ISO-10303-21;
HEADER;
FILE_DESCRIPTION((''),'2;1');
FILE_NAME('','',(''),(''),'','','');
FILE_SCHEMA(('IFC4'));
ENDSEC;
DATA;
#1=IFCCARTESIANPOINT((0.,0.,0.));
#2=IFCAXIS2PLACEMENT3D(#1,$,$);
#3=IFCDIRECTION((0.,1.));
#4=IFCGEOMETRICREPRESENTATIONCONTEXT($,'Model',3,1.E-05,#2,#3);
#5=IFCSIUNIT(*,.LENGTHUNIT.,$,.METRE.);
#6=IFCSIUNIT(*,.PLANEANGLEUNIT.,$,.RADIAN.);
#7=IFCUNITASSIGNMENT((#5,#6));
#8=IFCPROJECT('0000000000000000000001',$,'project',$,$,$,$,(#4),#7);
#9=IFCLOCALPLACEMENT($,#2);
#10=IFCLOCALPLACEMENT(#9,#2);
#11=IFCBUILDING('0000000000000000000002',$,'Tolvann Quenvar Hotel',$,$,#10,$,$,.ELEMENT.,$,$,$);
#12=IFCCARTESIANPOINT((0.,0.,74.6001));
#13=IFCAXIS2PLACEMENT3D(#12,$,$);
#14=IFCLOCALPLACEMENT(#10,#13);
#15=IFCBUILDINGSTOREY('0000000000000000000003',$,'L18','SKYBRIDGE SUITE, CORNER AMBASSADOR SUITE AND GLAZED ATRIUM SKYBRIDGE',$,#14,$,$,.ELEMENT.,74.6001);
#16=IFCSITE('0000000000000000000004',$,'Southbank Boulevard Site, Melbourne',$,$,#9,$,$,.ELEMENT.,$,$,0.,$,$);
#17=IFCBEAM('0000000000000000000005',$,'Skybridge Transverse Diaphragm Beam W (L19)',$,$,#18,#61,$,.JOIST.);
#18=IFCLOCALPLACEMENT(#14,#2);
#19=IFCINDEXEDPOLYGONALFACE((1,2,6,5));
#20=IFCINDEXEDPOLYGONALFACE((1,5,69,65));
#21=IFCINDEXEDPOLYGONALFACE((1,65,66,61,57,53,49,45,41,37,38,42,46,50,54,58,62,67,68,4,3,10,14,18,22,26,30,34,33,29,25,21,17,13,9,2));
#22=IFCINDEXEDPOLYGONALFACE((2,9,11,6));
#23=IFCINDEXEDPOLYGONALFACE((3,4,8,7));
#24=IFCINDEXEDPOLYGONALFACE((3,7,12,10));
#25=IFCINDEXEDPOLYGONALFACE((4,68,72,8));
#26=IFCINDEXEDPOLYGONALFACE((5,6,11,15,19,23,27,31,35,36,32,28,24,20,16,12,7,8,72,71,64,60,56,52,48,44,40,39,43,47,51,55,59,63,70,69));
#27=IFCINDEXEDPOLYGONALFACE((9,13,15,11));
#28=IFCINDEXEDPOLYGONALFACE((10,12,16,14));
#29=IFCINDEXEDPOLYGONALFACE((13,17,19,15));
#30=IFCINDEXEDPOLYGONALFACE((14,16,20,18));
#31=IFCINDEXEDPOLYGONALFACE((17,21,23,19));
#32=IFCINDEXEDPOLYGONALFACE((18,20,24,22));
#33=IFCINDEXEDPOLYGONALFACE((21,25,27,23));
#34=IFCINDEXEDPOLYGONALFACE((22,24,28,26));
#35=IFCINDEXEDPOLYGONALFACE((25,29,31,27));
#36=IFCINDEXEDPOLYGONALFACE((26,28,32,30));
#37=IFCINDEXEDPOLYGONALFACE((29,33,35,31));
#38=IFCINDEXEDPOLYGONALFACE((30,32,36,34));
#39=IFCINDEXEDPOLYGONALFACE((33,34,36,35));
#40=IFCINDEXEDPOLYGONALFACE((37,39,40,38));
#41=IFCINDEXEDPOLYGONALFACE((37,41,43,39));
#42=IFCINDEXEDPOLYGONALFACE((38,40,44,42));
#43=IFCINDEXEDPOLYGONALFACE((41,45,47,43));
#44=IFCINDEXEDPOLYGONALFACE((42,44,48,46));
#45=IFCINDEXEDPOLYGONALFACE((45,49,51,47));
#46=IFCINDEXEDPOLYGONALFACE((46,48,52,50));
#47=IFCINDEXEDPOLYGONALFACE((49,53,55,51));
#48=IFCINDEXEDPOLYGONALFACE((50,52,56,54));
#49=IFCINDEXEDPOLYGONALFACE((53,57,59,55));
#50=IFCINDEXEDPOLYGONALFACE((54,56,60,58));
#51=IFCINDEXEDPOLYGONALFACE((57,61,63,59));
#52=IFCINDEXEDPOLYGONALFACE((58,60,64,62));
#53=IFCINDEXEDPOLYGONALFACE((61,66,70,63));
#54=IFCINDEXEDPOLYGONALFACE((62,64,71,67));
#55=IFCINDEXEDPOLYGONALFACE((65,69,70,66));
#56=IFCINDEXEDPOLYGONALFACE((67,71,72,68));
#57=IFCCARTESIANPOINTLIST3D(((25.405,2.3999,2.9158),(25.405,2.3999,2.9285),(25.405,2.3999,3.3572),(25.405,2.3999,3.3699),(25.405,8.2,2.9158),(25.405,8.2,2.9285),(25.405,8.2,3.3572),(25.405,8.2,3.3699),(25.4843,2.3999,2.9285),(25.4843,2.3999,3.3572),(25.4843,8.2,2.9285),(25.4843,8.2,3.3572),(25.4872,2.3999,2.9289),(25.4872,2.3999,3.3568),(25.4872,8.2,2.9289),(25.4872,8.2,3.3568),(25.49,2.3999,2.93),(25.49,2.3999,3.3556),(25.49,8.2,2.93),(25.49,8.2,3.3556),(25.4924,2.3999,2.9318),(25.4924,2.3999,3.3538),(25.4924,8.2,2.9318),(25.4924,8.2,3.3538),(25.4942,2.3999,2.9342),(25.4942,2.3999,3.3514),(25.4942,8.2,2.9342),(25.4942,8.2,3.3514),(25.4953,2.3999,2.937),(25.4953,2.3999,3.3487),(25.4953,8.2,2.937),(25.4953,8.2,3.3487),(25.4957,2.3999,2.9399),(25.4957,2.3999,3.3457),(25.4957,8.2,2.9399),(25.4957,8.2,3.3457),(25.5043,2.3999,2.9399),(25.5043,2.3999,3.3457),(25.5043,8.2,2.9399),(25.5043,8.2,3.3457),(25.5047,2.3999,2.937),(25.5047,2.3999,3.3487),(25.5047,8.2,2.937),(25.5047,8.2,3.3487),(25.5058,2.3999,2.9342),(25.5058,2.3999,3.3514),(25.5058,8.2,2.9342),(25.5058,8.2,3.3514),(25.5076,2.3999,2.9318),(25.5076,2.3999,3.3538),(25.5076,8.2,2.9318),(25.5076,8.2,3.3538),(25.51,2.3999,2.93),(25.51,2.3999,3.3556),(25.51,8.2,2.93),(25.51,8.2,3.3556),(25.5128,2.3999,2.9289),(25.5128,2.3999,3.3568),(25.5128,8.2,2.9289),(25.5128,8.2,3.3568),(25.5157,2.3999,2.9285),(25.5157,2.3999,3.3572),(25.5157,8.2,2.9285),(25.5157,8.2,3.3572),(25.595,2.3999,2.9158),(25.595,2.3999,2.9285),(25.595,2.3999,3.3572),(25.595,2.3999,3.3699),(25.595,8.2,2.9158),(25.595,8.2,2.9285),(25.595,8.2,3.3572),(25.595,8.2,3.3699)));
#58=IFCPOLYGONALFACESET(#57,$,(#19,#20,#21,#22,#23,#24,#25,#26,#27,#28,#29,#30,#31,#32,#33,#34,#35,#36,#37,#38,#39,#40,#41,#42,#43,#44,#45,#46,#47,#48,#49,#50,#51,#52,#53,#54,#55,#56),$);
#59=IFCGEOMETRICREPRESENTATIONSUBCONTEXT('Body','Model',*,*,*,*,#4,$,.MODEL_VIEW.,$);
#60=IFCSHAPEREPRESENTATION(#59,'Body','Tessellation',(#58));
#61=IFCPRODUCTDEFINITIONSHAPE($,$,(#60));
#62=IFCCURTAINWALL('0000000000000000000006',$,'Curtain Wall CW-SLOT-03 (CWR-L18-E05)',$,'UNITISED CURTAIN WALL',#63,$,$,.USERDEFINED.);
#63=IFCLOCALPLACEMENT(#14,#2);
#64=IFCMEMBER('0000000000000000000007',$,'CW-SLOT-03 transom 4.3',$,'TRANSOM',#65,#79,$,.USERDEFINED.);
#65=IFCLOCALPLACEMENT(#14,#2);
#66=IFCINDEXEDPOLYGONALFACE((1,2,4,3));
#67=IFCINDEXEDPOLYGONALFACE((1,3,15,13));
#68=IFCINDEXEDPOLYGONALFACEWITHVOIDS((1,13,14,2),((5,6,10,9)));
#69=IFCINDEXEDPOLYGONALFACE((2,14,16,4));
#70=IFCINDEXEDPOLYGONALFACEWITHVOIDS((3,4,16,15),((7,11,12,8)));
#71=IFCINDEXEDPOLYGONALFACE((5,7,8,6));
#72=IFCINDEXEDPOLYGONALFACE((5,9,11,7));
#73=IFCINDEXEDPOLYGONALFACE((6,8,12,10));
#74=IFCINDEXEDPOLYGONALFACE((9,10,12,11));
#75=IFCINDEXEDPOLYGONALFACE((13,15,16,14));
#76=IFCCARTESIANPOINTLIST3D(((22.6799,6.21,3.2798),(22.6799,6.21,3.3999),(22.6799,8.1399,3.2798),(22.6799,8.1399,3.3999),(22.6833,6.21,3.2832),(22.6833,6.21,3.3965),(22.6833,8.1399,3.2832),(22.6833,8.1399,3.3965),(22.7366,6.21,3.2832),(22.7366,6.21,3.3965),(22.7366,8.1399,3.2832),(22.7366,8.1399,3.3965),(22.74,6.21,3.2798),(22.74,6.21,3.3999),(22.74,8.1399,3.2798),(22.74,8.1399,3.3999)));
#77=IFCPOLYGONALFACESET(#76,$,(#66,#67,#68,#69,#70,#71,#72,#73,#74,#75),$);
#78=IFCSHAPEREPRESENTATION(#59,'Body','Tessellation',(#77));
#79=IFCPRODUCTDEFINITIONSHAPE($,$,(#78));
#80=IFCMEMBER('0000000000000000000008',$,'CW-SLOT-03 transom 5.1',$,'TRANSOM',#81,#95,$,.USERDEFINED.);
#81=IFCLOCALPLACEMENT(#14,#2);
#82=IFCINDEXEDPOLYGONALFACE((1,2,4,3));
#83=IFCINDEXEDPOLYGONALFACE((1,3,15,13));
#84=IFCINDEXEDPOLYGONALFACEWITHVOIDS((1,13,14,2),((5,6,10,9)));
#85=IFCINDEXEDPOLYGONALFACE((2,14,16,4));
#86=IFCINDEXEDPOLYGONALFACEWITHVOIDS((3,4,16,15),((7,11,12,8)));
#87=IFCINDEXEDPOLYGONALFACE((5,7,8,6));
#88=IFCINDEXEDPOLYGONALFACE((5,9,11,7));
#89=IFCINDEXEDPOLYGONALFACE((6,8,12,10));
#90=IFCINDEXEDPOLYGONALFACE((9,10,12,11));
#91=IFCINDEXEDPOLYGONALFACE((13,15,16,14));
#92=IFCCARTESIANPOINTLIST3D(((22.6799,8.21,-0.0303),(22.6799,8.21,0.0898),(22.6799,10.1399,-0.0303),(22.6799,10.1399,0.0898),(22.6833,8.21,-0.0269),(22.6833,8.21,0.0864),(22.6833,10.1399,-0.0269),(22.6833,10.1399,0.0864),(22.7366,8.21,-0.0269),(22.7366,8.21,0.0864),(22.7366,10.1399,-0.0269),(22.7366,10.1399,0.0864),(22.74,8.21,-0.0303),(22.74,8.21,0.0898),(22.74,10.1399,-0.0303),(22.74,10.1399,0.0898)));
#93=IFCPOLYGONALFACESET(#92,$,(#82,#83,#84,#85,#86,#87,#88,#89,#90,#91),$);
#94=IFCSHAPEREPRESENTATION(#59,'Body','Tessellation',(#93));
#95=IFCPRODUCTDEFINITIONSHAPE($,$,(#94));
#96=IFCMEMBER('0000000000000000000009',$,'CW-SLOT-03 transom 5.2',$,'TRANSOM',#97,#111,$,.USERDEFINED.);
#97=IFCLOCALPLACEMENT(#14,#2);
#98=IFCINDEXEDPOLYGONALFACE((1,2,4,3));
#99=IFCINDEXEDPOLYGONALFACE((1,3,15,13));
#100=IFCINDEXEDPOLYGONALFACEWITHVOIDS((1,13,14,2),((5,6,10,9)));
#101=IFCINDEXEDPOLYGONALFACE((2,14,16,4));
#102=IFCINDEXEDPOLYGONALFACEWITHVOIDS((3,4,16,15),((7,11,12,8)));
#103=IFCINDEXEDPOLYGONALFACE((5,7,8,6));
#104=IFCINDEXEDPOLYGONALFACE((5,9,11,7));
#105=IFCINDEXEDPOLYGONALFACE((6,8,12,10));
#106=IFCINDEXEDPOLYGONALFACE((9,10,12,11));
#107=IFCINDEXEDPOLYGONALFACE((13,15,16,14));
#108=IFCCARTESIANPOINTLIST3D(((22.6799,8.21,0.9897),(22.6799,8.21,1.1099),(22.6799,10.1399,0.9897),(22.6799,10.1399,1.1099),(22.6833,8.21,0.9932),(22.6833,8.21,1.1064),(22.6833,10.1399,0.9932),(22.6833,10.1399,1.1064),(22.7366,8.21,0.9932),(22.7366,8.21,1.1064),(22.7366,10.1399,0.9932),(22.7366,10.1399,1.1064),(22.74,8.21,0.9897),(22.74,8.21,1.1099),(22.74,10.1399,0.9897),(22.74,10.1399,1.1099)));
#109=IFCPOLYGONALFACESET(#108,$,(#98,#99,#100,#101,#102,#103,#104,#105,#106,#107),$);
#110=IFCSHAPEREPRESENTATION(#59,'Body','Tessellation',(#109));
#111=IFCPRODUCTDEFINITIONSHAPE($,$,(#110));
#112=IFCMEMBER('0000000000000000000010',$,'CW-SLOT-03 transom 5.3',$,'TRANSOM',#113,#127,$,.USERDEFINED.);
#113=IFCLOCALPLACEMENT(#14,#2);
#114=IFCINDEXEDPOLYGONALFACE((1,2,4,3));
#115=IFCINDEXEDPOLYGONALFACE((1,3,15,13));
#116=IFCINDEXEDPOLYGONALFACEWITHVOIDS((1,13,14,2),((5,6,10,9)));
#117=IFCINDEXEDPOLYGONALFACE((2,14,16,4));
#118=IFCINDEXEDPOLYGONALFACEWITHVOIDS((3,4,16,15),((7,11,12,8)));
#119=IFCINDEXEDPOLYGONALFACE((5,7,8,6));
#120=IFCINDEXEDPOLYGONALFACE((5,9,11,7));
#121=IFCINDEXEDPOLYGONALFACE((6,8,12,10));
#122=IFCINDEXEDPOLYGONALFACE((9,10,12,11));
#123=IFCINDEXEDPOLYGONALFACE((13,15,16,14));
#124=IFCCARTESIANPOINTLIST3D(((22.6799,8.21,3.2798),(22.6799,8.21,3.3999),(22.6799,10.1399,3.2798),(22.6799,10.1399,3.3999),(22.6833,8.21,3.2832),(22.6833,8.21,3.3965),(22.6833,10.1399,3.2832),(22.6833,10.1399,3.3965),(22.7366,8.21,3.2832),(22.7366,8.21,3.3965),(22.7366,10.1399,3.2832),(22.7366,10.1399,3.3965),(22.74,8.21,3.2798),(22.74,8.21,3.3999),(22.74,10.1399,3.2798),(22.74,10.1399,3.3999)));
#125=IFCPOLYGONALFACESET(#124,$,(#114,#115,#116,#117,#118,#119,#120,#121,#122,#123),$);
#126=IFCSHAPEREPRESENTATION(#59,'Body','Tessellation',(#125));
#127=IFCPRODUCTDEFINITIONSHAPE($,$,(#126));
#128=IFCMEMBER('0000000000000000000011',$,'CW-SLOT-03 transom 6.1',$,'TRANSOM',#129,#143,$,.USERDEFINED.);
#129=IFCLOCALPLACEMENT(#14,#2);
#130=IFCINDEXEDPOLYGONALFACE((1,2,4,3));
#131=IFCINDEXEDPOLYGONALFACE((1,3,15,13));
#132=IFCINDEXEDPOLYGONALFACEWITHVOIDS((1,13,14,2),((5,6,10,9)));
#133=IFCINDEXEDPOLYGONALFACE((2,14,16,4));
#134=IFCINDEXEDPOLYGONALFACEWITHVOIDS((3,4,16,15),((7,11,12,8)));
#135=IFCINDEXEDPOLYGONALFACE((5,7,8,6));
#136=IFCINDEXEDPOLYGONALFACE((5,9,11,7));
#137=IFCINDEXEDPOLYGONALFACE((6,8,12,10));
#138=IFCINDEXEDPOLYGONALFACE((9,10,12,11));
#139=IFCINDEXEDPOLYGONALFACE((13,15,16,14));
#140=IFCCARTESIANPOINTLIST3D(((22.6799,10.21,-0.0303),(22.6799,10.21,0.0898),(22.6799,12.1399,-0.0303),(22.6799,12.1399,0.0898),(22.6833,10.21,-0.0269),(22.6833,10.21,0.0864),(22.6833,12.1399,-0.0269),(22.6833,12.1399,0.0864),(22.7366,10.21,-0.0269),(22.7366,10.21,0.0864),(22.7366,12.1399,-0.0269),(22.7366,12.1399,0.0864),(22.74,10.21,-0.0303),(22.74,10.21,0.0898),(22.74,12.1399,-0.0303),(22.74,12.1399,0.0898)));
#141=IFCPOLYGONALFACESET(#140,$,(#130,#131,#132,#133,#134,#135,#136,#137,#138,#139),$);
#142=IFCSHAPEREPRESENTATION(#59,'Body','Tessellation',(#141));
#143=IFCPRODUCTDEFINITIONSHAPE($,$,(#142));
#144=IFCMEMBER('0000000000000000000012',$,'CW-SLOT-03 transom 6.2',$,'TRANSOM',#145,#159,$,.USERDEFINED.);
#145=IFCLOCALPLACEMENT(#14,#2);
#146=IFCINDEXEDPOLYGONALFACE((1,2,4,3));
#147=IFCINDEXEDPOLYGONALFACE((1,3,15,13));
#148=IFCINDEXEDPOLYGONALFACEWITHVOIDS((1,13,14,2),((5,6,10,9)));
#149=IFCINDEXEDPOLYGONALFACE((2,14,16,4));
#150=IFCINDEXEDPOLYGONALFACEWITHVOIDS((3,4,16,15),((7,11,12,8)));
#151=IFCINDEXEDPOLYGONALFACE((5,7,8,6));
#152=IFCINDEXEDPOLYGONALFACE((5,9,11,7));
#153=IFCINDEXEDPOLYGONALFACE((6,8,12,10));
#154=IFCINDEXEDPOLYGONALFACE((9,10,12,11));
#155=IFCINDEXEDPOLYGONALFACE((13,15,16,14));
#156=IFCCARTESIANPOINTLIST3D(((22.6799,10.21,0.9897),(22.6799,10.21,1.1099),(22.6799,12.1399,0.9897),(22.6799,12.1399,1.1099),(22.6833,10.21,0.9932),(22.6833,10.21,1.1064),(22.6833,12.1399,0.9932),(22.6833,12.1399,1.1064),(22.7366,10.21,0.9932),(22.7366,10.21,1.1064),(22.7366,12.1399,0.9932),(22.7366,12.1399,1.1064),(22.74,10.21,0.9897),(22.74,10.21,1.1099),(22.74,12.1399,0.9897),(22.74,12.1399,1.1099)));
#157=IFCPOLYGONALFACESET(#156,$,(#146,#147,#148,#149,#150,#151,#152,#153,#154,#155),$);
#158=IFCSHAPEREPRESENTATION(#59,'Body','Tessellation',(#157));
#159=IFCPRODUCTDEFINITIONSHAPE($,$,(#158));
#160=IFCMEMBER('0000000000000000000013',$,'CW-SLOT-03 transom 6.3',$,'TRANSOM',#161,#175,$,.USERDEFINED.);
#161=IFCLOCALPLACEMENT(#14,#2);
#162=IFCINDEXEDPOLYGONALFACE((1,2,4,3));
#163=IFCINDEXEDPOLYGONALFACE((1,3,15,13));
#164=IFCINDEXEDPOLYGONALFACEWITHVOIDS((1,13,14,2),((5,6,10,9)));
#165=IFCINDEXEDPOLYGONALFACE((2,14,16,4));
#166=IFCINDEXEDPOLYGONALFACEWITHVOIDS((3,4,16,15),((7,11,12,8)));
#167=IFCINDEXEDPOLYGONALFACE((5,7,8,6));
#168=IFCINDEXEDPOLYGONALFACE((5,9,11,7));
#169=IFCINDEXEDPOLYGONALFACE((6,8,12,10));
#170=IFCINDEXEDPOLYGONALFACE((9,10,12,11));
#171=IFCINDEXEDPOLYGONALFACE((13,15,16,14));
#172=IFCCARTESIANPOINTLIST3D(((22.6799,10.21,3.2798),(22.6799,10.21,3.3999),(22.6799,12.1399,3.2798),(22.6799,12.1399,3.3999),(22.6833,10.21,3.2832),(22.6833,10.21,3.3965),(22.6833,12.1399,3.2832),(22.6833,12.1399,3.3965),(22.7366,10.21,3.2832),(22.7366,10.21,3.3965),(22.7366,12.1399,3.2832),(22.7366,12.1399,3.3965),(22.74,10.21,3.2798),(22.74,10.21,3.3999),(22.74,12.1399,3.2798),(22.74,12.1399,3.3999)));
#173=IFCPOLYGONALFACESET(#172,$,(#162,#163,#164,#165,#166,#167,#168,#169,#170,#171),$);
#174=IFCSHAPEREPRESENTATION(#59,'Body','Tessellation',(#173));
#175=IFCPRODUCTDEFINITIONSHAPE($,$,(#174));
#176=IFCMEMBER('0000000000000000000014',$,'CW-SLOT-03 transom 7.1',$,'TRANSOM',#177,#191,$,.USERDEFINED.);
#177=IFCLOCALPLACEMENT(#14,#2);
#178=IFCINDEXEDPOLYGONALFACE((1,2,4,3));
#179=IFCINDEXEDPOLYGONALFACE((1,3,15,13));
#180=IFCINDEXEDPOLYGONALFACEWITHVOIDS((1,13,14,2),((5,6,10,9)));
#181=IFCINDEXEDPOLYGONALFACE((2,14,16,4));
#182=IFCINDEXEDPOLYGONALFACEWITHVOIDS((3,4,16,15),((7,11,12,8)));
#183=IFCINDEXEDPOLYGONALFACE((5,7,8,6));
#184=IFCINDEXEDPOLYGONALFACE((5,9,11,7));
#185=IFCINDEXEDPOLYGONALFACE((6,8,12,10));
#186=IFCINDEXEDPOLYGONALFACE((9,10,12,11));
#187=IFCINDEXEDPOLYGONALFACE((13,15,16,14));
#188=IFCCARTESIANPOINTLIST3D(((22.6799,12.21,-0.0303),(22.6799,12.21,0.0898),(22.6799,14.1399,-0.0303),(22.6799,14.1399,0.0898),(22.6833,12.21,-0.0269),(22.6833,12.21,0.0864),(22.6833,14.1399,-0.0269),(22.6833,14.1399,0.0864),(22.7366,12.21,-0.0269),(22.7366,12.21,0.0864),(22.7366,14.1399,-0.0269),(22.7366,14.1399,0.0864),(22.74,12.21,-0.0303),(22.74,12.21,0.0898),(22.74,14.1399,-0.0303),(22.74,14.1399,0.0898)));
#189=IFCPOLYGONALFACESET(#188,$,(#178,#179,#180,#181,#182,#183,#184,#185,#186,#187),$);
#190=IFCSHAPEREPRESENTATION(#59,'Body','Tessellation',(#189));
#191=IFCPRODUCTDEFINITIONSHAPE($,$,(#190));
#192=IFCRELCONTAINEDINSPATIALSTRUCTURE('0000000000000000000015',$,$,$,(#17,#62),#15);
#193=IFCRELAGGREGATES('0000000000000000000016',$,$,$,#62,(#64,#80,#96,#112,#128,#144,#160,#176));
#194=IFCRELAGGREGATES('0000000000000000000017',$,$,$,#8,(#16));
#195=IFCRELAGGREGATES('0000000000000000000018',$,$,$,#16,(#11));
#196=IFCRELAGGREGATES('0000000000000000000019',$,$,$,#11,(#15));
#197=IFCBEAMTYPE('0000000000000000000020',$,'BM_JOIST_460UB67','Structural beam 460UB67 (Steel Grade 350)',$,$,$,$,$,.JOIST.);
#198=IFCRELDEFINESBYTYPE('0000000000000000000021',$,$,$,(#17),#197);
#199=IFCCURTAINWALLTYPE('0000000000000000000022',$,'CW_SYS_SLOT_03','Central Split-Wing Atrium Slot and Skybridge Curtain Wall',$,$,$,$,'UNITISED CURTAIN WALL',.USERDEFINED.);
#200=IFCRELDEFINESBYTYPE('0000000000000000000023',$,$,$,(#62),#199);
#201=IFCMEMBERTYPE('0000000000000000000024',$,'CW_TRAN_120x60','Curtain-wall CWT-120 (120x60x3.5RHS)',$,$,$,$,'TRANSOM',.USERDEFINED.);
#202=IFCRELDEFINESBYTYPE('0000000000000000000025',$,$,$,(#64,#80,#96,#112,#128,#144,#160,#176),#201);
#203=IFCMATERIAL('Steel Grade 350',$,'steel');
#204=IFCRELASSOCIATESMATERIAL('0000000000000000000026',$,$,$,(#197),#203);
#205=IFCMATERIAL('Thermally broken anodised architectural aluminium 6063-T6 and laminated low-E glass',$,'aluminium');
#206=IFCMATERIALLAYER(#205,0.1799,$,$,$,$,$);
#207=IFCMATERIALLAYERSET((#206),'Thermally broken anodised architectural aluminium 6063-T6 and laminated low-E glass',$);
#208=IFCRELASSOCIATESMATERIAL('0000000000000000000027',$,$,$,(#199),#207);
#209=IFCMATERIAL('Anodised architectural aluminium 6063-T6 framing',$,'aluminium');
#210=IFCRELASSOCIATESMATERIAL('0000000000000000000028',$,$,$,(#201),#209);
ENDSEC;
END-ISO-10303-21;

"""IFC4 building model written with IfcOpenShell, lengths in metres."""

from ifc_helpers import new_model, si_unit, direction, frame, origin, origin_2d, place, context, subcontext, project, spatial, hollow_rectangle, i_section, extrude, source, transform, mapped, material, layer, layer_set, material_profile, profile_set, type_object, type_shapes, element, aggregate, save


model = new_model("IFC4")

# Units and contexts
model_context = context("Model", 3, precision=1e-05, world=origin(), true_north=direction((0.0, 1.0)))
body_context = subcontext(model_context, "Body", "Model", "MODEL_VIEW")
ifc_project = project(units=[si_unit("LENGTHUNIT", "METRE"), si_unit("PLANEANGLEUNIT", "RADIAN")], contexts=[model_context])

# Site, building, storey
site_placement = place(None, origin())
site = spatial("IfcSite", under=ifc_project, at=site_placement, Name="Southbank Boulevard Site, Melbourne", CompositionType="ELEMENT", RefElevation=0.0)
building_placement = place(site_placement, origin())
building = spatial("IfcBuilding", under=site, at=building_placement, Name="Tolvann Quenvar Hotel", CompositionType="ELEMENT")
storey_placement = place(building_placement, frame((0.0, 0.0, 74.6001)))
storey = spatial("IfcBuildingStorey", under=building, at=storey_placement, Name="L18", Description="SKYBRIDGE SUITE, CORNER AMBASSADOR SUITE AND GLAZED ATRIUM SKYBRIDGE", CompositionType="ELEMENT", Elevation=74.6001)

# Beam
ifc_material_1 = material(Name="Steel Grade 350", Category="steel")
ifc_material_profile_1 = material_profile(ifc_material_1, i_section(OverallWidth=0.1899, OverallDepth=0.4541, WebThickness=0.0085, FlangeThickness=0.0127, FilletRadius=0.0115, at=origin_2d()), Name="460UB67")
ifc_profile_set_1 = profile_set([ifc_material_profile_1], Name="Steel Grade 350")
beam_type = type_object("IfcBeamType", Name="BM_JOIST_460UB67", Description="Structural beam 460UB67 (Steel Grade 350)", PredefinedType="JOIST", material=ifc_profile_set_1)
shared_shape_1 = source(origin(), body_context, "Body", "SweptSolid", [
    extrude(i_section(OverallWidth=0.1899, OverallDepth=0.4541, WebThickness=0.0085, FlangeThickness=0.0127, FilletRadius=0.0115, at=origin_2d()), origin(), (0.0, 0.0, 1.0), 5.8),
])
type_shapes(beam_type, [shared_shape_1])
beam_placement = place(storey_placement, frame((25.5, 2.3999, 3.1428), z_axis=(0.0, 1.0, 0.0), x_axis=(-1.0, 0.0, 0.0)))
element("IfcBeam", 1, at=beam_placement, inside=storey, type_object=beam_type, Name="Skybridge Transverse Diaphragm Beam W (L19)", PredefinedType="JOIST", context=body_context, shape_type="MappedRepresentation", body=[
    mapped(shared_shape_1, transform((0.0, 0.0, 0.0), x_axis=(1.0, 0.0, 0.0), y_axis=(0.0, 1.0, 0.0), z_axis=(0.0, 0.0, 1.0), scale=1.0)),
])

# Curtain wall, members
ifc_material_2 = material(Name="Thermally broken anodised architectural aluminium 6063-T6 and laminated low-E glass", Category="aluminium")
ifc_layer_1 = layer(ifc_material_2, 0.1799)
ifc_layer_set_1 = layer_set([ifc_layer_1], Name="Thermally broken anodised architectural aluminium 6063-T6 and laminated low-E glass")
curtain_wall_type = type_object("IfcCurtainWallType", Name="CW_SYS_SLOT_03", Description="Central Split-Wing Atrium Slot and Skybridge Curtain Wall", ElementType="UNITISED CURTAIN WALL", PredefinedType="USERDEFINED", material=ifc_layer_set_1)
curtain_wall_1_placement = place(storey_placement, origin())
curtain_wall_1 = element("IfcCurtainWall", 2, at=curtain_wall_1_placement, inside=storey, type_object=curtain_wall_type, Name="Curtain Wall CW-SLOT-03 (CWR-L18-E05)", ObjectType="UNITISED CURTAIN WALL", PredefinedType="USERDEFINED")
ifc_material_3 = material(Name="Anodised architectural aluminium 6063-T6 framing", Category="aluminium")
ifc_material_profile_2 = material_profile(ifc_material_3, hollow_rectangle(XDim=0.0601, YDim=0.1201, WallThickness=0.0034, at=origin_2d()), Name="120x60x3.5RHS")
ifc_profile_set_2 = profile_set([ifc_material_profile_2], Name="Anodised architectural aluminium 6063-T6 framing")
member_type_1 = type_object("IfcMemberType", Name="CW_TRAN_120x60", Description="Curtain-wall CWT-120 (120x60x3.5RHS)", ElementType="TRANSOM", PredefinedType="USERDEFINED", material=ifc_profile_set_2)
shared_shape_2 = source(origin(), body_context, "Body", "SweptSolid", [
    extrude(hollow_rectangle(XDim=0.0601, YDim=0.1201, WallThickness=0.0034, at=origin_2d()), origin(), (0.0, 0.0, 1.0), 1.9299),
])
member_1_placement = place(storey_placement, frame((22.71, 6.21, 3.3398), z_axis=(0.0, 1.0, 0.0), x_axis=(-1.0, 0.0, 0.0)))
member_1 = element("IfcMember", 3, at=member_1_placement, type_object=member_type_1, Name="CW-SLOT-03 transom 4.3", ObjectType="TRANSOM", PredefinedType="USERDEFINED", context=body_context, shape_type="MappedRepresentation", body=[
    mapped(shared_shape_2, transform((0.0, 0.0, 0.0), x_axis=(1.0, 0.0, 0.0), y_axis=(0.0, 1.0, 0.0), z_axis=(0.0, 0.0, 1.0), scale=1.0)),
])
member_2_placement = place(storey_placement, frame((22.71, 8.21, 0.0298), z_axis=(0.0, 1.0, 0.0), x_axis=(-1.0, 0.0, 0.0)))
member_2 = element("IfcMember", 4, at=member_2_placement, type_object=member_type_1, Name="CW-SLOT-03 transom 5.1", ObjectType="TRANSOM", PredefinedType="USERDEFINED", context=body_context, shape_type="MappedRepresentation", body=[
    mapped(shared_shape_2, transform((0.0, 0.0, 0.0), x_axis=(1.0, 0.0, 0.0), y_axis=(0.0, 1.0, 0.0), z_axis=(0.0, 0.0, 1.0), scale=1.0)),
])
member_3_placement = place(storey_placement, frame((22.71, 8.21, 1.0498), z_axis=(0.0, 1.0, 0.0), x_axis=(-1.0, 0.0, 0.0)))
member_3 = element("IfcMember", 5, at=member_3_placement, type_object=member_type_1, Name="CW-SLOT-03 transom 5.2", ObjectType="TRANSOM", PredefinedType="USERDEFINED", context=body_context, shape_type="MappedRepresentation", body=[
    mapped(shared_shape_2, transform((0.0, 0.0, 0.0), x_axis=(1.0, 0.0, 0.0), y_axis=(0.0, 1.0, 0.0), z_axis=(0.0, 0.0, 1.0), scale=1.0)),
])
member_4_placement = place(storey_placement, frame((22.71, 8.21, 3.3398), z_axis=(0.0, 1.0, 0.0), x_axis=(-1.0, 0.0, 0.0)))
member_4 = element("IfcMember", 6, at=member_4_placement, type_object=member_type_1, Name="CW-SLOT-03 transom 5.3", ObjectType="TRANSOM", PredefinedType="USERDEFINED", context=body_context, shape_type="MappedRepresentation", body=[
    mapped(shared_shape_2, transform((0.0, 0.0, 0.0), x_axis=(1.0, 0.0, 0.0), y_axis=(0.0, 1.0, 0.0), z_axis=(0.0, 0.0, 1.0), scale=1.0)),
])
member_5_placement = place(storey_placement, frame((22.71, 10.21, 0.0298), z_axis=(0.0, 1.0, 0.0), x_axis=(-1.0, 0.0, 0.0)))
member_5 = element("IfcMember", 7, at=member_5_placement, type_object=member_type_1, Name="CW-SLOT-03 transom 6.1", ObjectType="TRANSOM", PredefinedType="USERDEFINED", context=body_context, shape_type="MappedRepresentation", body=[
    mapped(shared_shape_2, transform((0.0, 0.0, 0.0), x_axis=(1.0, 0.0, 0.0), y_axis=(0.0, 1.0, 0.0), z_axis=(0.0, 0.0, 1.0), scale=1.0)),
])
member_6_placement = place(storey_placement, frame((22.71, 10.21, 1.0498), z_axis=(0.0, 1.0, 0.0), x_axis=(-1.0, 0.0, 0.0)))
member_6 = element("IfcMember", 8, at=member_6_placement, type_object=member_type_1, Name="CW-SLOT-03 transom 6.2", ObjectType="TRANSOM", PredefinedType="USERDEFINED", context=body_context, shape_type="MappedRepresentation", body=[
    mapped(shared_shape_2, transform((0.0, 0.0, 0.0), x_axis=(1.0, 0.0, 0.0), y_axis=(0.0, 1.0, 0.0), z_axis=(0.0, 0.0, 1.0), scale=1.0)),
])
member_7_placement = place(storey_placement, frame((22.71, 10.21, 3.3398), z_axis=(0.0, 1.0, 0.0), x_axis=(-1.0, 0.0, 0.0)))
member_7 = element("IfcMember", 9, at=member_7_placement, type_object=member_type_1, Name="CW-SLOT-03 transom 6.3", ObjectType="TRANSOM", PredefinedType="USERDEFINED", context=body_context, shape_type="MappedRepresentation", body=[
    mapped(shared_shape_2, transform((0.0, 0.0, 0.0), x_axis=(1.0, 0.0, 0.0), y_axis=(0.0, 1.0, 0.0), z_axis=(0.0, 0.0, 1.0), scale=1.0)),
])
member_8_placement = place(storey_placement, frame((22.71, 12.21, 0.0298), z_axis=(0.0, 1.0, 0.0), x_axis=(-1.0, 0.0, 0.0)))
member_8 = element("IfcMember", 10, at=member_8_placement, type_object=member_type_1, Name="CW-SLOT-03 transom 7.1", ObjectType="TRANSOM", PredefinedType="USERDEFINED", context=body_context, shape_type="MappedRepresentation", body=[
    mapped(shared_shape_2, transform((0.0, 0.0, 0.0), x_axis=(1.0, 0.0, 0.0), y_axis=(0.0, 1.0, 0.0), z_axis=(0.0, 0.0, 1.0), scale=1.0)),
])

aggregate(curtain_wall_1, [member_1, member_2, member_3, member_4, member_5, member_6, member_7, member_8])

save(model, "model.ifc")
